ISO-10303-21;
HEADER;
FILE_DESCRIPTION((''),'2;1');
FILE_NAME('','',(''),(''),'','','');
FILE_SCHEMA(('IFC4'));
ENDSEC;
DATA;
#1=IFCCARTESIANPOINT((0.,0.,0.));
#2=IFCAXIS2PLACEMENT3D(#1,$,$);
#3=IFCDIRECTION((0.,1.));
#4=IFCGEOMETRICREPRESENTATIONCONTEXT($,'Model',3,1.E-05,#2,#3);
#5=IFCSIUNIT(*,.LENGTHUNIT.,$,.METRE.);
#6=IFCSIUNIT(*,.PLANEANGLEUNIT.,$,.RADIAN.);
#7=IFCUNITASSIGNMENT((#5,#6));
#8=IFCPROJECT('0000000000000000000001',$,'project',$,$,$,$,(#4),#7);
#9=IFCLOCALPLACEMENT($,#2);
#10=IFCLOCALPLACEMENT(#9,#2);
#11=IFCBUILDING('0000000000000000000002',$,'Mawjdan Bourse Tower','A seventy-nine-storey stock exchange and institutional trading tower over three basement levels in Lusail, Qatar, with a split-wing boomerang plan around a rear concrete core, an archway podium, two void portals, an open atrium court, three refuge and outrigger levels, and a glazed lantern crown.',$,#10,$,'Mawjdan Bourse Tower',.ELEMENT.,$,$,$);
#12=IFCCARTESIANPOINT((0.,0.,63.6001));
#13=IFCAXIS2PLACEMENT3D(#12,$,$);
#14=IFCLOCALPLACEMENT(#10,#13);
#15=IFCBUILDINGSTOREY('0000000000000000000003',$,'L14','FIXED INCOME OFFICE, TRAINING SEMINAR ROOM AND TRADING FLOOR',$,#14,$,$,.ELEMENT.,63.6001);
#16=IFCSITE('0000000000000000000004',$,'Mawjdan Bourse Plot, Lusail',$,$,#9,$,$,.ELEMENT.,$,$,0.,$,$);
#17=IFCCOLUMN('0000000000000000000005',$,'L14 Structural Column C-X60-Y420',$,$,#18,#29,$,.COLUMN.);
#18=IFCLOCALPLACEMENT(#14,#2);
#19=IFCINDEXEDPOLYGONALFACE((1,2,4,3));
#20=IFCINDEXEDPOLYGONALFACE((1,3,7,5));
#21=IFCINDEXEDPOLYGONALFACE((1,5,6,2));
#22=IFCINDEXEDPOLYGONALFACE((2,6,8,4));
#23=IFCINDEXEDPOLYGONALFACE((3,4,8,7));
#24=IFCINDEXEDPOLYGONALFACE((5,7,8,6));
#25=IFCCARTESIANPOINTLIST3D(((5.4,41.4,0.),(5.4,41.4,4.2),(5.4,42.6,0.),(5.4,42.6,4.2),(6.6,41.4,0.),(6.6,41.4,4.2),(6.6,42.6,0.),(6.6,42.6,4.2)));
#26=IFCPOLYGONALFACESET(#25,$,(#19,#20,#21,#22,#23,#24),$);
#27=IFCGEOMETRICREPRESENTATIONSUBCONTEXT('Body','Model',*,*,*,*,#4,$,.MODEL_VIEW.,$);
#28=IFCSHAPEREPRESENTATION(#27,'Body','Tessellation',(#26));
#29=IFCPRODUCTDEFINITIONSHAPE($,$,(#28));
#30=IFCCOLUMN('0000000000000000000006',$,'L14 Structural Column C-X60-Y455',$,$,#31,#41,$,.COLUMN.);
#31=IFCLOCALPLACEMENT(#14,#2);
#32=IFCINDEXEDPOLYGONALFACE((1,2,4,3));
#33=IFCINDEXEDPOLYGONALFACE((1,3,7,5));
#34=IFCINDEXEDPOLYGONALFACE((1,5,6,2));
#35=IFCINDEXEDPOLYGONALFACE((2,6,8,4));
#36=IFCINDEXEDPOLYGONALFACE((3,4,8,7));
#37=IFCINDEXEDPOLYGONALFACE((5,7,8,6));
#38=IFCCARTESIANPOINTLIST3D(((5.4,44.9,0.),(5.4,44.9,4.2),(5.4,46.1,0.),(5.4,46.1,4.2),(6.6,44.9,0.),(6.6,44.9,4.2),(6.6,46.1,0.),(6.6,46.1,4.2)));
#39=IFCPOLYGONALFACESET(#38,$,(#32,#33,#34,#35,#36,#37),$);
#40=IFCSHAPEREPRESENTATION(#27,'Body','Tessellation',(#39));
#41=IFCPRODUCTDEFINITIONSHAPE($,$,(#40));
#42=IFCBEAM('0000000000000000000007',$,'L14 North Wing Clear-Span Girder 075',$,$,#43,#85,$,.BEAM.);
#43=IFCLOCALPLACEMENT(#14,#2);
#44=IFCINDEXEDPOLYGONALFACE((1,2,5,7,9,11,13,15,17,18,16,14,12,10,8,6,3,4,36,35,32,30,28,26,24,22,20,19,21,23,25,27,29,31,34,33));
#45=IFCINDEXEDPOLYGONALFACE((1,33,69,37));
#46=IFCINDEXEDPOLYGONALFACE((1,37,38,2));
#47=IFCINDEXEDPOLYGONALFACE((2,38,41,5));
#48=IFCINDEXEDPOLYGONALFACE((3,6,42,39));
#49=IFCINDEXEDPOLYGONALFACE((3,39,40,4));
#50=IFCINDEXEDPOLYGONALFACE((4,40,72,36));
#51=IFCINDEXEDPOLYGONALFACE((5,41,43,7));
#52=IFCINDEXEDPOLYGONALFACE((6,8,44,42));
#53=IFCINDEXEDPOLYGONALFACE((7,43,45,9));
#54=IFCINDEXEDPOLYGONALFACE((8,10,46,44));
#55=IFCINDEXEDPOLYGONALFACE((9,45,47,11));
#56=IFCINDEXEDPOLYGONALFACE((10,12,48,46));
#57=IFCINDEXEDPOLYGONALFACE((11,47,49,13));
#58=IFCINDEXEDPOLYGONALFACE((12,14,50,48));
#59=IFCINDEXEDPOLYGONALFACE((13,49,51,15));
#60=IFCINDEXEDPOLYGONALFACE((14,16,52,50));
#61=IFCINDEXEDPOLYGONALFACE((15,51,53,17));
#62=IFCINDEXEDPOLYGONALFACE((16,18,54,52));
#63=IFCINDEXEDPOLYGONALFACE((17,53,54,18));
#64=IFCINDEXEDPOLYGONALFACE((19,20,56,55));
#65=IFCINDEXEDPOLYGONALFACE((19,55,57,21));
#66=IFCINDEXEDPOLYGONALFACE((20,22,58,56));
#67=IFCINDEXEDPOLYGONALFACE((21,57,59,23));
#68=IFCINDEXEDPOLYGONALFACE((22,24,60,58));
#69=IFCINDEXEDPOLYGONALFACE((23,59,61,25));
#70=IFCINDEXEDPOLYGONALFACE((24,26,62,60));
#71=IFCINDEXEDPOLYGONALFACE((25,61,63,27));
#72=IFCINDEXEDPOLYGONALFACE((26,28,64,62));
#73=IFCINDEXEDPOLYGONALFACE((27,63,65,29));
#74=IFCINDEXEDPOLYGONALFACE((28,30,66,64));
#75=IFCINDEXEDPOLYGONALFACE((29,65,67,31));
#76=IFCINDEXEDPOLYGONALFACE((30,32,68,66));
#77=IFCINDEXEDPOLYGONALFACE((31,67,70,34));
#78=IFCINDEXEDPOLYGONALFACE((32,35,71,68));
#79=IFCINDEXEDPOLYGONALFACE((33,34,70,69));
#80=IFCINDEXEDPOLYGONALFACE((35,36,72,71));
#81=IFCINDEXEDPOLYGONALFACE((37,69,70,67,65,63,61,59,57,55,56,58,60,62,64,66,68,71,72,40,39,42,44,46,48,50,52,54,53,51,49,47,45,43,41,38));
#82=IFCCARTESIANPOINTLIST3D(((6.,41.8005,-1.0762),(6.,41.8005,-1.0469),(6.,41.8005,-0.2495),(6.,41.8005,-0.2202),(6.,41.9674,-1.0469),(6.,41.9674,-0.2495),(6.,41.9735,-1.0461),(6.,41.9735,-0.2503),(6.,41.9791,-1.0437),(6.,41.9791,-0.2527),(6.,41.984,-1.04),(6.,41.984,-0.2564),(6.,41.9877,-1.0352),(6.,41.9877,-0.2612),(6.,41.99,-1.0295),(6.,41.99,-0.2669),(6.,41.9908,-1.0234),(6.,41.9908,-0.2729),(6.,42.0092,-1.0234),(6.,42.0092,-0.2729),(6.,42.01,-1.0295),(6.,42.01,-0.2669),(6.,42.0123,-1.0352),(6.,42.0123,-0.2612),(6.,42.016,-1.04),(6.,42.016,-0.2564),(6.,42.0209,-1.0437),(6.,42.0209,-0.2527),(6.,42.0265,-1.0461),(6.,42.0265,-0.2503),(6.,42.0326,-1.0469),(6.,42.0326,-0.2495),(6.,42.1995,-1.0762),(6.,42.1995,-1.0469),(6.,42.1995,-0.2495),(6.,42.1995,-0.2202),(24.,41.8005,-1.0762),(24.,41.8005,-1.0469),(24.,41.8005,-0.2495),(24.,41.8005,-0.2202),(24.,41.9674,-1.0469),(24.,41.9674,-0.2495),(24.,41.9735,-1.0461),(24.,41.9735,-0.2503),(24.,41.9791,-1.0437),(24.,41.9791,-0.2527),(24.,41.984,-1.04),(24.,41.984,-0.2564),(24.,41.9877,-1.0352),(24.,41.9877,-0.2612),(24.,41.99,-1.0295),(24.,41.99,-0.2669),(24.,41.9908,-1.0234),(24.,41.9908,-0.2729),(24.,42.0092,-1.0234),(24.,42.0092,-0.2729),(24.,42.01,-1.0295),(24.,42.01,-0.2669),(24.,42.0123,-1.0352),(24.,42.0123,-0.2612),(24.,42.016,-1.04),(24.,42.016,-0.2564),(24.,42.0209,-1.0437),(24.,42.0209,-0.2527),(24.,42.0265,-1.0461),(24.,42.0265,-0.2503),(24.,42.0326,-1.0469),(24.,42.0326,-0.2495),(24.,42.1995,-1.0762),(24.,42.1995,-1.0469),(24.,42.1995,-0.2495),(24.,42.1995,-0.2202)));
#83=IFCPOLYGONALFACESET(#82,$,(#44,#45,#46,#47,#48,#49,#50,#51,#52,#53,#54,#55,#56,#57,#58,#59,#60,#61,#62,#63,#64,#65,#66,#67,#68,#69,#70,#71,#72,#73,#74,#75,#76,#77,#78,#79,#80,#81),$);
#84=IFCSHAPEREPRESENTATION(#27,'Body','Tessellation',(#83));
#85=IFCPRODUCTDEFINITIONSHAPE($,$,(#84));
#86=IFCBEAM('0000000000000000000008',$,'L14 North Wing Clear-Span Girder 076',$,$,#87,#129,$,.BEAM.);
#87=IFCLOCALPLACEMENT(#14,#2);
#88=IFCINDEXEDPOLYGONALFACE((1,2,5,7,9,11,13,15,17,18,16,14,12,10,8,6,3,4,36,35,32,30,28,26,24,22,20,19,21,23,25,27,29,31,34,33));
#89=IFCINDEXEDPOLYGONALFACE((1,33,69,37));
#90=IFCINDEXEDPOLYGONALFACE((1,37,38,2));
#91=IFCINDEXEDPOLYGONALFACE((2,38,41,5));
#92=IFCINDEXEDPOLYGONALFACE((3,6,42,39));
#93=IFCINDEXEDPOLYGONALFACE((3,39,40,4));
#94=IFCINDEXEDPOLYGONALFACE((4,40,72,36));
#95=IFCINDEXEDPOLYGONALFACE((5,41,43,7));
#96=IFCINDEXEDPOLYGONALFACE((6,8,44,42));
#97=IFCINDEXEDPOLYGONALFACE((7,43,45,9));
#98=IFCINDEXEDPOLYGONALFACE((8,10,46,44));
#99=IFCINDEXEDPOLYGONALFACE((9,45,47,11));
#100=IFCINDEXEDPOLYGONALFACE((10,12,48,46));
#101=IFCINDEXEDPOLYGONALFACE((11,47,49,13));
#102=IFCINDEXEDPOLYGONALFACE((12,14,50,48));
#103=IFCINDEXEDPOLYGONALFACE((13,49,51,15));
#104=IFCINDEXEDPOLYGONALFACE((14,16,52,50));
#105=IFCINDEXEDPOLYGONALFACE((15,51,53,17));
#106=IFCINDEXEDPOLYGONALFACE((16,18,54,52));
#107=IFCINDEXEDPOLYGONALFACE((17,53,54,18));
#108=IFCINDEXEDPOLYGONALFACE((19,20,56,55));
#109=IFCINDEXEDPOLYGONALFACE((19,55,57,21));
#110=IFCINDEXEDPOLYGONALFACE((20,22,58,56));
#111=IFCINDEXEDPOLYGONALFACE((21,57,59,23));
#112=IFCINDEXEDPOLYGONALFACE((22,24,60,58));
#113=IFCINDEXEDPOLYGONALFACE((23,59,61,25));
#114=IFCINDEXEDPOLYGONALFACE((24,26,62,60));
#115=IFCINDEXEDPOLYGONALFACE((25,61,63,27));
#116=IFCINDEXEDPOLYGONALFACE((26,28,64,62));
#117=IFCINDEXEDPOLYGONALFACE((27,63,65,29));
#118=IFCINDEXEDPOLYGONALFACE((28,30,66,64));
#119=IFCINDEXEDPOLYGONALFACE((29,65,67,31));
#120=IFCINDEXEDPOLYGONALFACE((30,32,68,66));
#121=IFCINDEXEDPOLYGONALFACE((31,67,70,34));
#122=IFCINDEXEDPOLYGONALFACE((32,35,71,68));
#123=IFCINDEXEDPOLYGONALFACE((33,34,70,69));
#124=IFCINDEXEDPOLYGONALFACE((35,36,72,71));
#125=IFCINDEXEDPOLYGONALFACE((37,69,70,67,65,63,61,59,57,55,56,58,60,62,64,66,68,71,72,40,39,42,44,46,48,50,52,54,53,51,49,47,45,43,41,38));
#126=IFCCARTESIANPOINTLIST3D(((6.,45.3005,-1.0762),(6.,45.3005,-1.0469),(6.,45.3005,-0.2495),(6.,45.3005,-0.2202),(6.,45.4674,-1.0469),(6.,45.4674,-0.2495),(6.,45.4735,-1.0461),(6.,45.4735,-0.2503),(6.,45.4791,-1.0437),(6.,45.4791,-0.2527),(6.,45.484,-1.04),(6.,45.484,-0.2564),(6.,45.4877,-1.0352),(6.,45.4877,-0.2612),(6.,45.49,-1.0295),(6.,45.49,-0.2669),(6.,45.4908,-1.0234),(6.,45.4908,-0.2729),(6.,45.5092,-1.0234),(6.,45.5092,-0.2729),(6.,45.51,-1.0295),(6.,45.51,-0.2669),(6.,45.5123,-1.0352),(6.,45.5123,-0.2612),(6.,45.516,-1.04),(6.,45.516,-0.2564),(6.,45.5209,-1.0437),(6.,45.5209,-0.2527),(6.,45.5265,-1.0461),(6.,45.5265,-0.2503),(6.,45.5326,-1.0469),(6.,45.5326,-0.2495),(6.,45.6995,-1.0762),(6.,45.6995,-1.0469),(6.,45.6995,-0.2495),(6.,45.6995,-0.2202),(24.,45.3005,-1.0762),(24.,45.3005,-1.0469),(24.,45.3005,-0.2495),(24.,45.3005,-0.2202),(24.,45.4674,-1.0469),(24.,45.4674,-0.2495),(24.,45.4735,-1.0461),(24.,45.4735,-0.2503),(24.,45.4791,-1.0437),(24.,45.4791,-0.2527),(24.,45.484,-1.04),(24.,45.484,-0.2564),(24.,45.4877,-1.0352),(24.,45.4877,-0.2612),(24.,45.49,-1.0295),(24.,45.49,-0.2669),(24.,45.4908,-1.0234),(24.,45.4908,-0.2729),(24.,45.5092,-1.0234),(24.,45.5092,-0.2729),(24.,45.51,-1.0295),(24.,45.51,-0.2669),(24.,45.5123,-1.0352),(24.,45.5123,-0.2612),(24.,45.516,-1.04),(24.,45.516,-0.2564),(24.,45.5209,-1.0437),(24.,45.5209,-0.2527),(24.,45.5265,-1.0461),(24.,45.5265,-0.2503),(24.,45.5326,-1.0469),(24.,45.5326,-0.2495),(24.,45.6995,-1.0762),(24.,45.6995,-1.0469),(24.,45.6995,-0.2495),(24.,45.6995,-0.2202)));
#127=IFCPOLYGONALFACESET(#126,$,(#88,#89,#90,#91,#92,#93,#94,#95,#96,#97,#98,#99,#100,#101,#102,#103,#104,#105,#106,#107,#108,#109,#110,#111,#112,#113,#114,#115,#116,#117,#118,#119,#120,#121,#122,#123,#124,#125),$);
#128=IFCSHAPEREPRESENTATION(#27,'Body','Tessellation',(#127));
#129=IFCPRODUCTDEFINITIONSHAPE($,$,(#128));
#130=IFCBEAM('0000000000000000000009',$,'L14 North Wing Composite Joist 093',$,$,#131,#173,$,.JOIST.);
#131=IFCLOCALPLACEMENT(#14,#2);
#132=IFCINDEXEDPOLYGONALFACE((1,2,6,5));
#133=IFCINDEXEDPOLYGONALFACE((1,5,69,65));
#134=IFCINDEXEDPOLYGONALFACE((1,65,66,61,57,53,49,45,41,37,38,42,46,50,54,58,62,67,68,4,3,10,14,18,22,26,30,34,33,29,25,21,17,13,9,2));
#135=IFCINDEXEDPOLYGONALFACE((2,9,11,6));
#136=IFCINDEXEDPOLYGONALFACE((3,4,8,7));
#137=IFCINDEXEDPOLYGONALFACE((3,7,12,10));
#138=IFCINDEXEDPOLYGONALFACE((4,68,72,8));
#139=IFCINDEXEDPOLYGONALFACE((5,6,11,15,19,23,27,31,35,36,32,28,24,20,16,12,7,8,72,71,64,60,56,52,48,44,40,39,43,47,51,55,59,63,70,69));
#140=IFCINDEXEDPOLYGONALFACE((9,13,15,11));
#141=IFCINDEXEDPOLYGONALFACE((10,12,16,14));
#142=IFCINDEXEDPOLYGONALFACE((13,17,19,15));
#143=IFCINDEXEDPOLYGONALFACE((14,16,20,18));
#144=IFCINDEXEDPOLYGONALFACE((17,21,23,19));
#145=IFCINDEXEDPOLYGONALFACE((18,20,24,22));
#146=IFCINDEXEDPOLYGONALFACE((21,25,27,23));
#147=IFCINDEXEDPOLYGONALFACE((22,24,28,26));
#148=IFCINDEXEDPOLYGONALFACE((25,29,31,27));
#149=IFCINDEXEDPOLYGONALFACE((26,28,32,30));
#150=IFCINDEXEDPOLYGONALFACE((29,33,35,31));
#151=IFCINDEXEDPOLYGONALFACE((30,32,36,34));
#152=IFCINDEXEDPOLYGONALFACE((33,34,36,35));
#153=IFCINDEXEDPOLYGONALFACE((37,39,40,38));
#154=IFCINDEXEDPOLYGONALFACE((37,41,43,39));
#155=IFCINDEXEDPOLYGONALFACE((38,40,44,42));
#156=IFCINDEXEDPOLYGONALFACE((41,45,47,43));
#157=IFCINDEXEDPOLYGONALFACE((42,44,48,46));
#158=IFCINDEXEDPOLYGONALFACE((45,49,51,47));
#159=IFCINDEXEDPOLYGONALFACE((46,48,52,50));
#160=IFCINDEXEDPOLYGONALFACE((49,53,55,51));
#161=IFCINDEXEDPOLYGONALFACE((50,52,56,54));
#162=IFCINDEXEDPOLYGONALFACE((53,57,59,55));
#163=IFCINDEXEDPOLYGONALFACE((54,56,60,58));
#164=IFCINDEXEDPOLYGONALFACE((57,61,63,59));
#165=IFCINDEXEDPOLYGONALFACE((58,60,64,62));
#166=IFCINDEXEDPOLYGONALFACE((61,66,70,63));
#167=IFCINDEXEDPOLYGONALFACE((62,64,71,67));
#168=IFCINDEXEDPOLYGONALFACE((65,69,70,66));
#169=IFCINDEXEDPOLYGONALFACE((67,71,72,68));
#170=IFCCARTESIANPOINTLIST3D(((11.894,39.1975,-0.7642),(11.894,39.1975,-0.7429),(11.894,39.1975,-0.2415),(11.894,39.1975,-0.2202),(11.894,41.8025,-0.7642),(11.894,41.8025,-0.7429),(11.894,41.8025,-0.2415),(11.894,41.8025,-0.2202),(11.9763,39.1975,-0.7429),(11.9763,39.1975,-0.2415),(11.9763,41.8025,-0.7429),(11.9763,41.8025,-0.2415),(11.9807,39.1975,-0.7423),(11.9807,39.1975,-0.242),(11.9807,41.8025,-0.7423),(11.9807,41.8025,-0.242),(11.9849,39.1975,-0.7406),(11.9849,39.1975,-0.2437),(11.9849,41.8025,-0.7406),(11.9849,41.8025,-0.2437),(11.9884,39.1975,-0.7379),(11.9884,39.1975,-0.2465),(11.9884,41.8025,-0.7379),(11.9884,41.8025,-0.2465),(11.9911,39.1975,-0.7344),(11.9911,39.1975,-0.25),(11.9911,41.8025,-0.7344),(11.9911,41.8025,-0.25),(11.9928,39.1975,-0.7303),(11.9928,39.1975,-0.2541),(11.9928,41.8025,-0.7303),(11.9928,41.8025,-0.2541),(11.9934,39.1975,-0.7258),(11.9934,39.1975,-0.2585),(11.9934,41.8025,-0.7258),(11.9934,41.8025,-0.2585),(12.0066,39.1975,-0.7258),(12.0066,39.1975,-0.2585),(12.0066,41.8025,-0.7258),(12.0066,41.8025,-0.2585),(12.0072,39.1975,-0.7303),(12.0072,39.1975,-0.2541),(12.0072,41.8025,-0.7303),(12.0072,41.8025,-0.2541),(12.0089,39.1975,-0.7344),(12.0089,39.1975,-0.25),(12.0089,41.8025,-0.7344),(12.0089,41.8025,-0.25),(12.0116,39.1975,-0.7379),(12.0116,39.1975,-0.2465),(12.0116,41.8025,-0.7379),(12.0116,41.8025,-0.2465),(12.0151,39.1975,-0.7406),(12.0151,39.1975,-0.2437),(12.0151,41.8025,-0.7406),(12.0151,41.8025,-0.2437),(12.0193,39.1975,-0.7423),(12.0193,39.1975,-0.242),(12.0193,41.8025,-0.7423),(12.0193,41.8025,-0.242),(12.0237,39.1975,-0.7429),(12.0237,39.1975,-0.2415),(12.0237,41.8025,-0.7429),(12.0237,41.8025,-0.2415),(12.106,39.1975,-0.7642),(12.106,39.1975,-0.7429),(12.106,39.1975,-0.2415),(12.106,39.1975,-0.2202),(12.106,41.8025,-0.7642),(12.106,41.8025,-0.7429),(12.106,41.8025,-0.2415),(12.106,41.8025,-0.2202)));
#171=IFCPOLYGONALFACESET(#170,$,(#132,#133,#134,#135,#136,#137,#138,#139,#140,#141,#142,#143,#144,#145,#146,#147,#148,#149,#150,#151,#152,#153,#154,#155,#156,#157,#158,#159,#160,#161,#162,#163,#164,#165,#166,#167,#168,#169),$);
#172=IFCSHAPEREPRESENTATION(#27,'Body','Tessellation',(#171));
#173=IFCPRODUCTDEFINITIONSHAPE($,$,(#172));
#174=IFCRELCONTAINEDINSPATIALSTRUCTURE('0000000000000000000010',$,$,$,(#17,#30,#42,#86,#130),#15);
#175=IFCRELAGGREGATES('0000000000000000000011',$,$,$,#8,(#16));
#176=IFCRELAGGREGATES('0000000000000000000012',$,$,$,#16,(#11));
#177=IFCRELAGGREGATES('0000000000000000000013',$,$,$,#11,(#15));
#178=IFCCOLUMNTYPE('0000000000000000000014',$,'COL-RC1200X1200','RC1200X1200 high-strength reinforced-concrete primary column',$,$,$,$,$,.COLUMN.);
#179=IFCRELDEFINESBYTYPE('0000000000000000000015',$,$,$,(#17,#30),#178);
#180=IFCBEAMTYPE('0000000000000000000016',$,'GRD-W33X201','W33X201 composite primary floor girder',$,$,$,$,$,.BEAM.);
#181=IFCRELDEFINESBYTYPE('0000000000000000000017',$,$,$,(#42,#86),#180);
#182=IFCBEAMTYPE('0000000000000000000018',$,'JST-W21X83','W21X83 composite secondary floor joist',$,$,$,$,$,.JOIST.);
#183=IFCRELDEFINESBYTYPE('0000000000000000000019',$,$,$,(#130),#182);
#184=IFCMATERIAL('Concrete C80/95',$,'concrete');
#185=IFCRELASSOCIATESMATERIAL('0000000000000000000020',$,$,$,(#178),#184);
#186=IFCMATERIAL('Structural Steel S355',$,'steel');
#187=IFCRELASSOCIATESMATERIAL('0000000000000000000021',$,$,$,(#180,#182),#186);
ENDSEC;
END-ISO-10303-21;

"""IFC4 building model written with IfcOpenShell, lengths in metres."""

from ifc_helpers import new_model, si_unit, direction, frame, origin, origin_2d, place, context, subcontext, project, spatial, rectangle, i_section, extrude, material, material_profile, profile_set, type_object, element, save


model = new_model("IFC4")

# Units and contexts
model_context = context("Model", 3, precision=1e-05, world=origin(), true_north=direction((0.0, 1.0)))
body_context = subcontext(model_context, "Body", "Model", "MODEL_VIEW")
ifc_project = project(units=[si_unit("LENGTHUNIT", "METRE"), si_unit("PLANEANGLEUNIT", "RADIAN")], contexts=[model_context])

# Site, building, storey
site_placement = place(None, origin())
site = spatial("IfcSite", under=ifc_project, at=site_placement, Name="Mawjdan Bourse Plot, Lusail", CompositionType="ELEMENT", RefElevation=0.0)
building_placement = place(site_placement, origin())
building = spatial("IfcBuilding", under=site, at=building_placement, Name="Mawjdan Bourse Tower", Description="A seventy-nine-storey stock exchange and institutional trading tower over three basement levels in Lusail, Qatar, with a split-wing boomerang plan around a rear concrete core, an archway podium, two void portals, an open atrium court, three refuge and outrigger levels, and a glazed lantern crown.", LongName="Mawjdan Bourse Tower", CompositionType="ELEMENT")
storey_placement = place(building_placement, frame((0.0, 0.0, 63.6001)))
storey = spatial("IfcBuildingStorey", under=building, at=storey_placement, Name="L14", Description="FIXED INCOME OFFICE, TRAINING SEMINAR ROOM AND TRADING FLOOR", CompositionType="ELEMENT", Elevation=63.6001)

# Columns
ifc_material_1 = material(Name="Concrete C80/95", Category="concrete")
ifc_material_profile_1 = material_profile(ifc_material_1, rectangle(XDim=1.2, YDim=1.2, at=origin_2d()), Name="RC1200X1200")
ifc_profile_set_1 = profile_set([ifc_material_profile_1], Name="Concrete C80/95")
column_type = type_object("IfcColumnType", Name="COL-RC1200X1200", Description="RC1200X1200 high-strength reinforced-concrete primary column", PredefinedType="COLUMN", material=ifc_profile_set_1)
for number, where, z_axis, x_axis, name in (
    (1, (6.0, 42.0, 0.0), (0.0, 0.0, 1.0), (1.0, 0.0, 0.0), "L14 Structural Column C-X60-Y420"),
    (2, (6.0, 45.5, 0.0), (0.0, 0.0, 1.0), (1.0, 0.0, 0.0), "L14 Structural Column C-X60-Y455"),
):
    element("IfcColumn", number, at=place(storey_placement, frame(where, z_axis=z_axis, x_axis=x_axis)), inside=storey, type_object=column_type, Name=name, PredefinedType="COLUMN", context=body_context, shape_type="SweptSolid", body=[
        extrude(rectangle(XDim=1.2, YDim=1.2, at=origin_2d()), origin(), (0.0, 0.0, 1.0), 4.2),
    ])

# Beams
ifc_material_2 = material(Name="Structural Steel S355", Category="steel")
ifc_material_profile_2 = material_profile(ifc_material_2, i_section(OverallWidth=0.3989, OverallDepth=0.856, WebThickness=0.0183, FlangeThickness=0.0293, FilletRadius=0.0234, at=origin_2d()), Name="W33X201")
ifc_profile_set_2 = profile_set([ifc_material_profile_2], Name="Structural Steel S355")
beam_type_1 = type_object("IfcBeamType", Name="GRD-W33X201", Description="W33X201 composite primary floor girder", PredefinedType="BEAM", material=ifc_profile_set_2)
for number, where, z_axis, x_axis, name in (
    (3, (6.0, 42.0, -0.6482), (1.0, 0.0, 0.0), (0.0, 1.0, 0.0), "L14 North Wing Clear-Span Girder 075"),
    (4, (6.0, 45.5, -0.6482), (1.0, 0.0, 0.0), (0.0, 1.0, 0.0), "L14 North Wing Clear-Span Girder 076"),
):
    element("IfcBeam", number, at=place(storey_placement, frame(where, z_axis=z_axis, x_axis=x_axis)), inside=storey, type_object=beam_type_1, Name=name, PredefinedType="BEAM", context=body_context, shape_type="SweptSolid", body=[
        extrude(i_section(OverallWidth=0.3989, OverallDepth=0.856, WebThickness=0.0183, FlangeThickness=0.0293, FilletRadius=0.0234, at=origin_2d()), origin(), (0.0, 0.0, 1.0), 18.0),
    ])
ifc_material_profile_3 = material_profile(ifc_material_2, i_section(OverallWidth=0.2119, OverallDepth=0.5439, WebThickness=0.0132, FlangeThickness=0.0212, FilletRadius=0.0171, at=origin_2d()), Name="W21X83")
ifc_profile_set_3 = profile_set([ifc_material_profile_3], Name="Structural Steel S355")
beam_type_2 = type_object("IfcBeamType", Name="JST-W21X83", Description="W21X83 composite secondary floor joist", PredefinedType="JOIST", material=ifc_profile_set_3)
beam_1_placement = place(storey_placement, frame((12.0, 39.1975, -0.4922), z_axis=(0.0, 1.0, 0.0), x_axis=(-1.0, 0.0, 0.0)))
element("IfcBeam", 5, at=beam_1_placement, inside=storey, type_object=beam_type_2, Name="L14 North Wing Composite Joist 093", PredefinedType="JOIST", context=body_context, shape_type="SweptSolid", body=[
    extrude(i_section(OverallWidth=0.2119, OverallDepth=0.5439, WebThickness=0.0132, FlangeThickness=0.0212, FilletRadius=0.0171, at=origin_2d()), origin(), (0.0, 0.0, 1.0), 2.605),
])

save(model, "model.ifc")
